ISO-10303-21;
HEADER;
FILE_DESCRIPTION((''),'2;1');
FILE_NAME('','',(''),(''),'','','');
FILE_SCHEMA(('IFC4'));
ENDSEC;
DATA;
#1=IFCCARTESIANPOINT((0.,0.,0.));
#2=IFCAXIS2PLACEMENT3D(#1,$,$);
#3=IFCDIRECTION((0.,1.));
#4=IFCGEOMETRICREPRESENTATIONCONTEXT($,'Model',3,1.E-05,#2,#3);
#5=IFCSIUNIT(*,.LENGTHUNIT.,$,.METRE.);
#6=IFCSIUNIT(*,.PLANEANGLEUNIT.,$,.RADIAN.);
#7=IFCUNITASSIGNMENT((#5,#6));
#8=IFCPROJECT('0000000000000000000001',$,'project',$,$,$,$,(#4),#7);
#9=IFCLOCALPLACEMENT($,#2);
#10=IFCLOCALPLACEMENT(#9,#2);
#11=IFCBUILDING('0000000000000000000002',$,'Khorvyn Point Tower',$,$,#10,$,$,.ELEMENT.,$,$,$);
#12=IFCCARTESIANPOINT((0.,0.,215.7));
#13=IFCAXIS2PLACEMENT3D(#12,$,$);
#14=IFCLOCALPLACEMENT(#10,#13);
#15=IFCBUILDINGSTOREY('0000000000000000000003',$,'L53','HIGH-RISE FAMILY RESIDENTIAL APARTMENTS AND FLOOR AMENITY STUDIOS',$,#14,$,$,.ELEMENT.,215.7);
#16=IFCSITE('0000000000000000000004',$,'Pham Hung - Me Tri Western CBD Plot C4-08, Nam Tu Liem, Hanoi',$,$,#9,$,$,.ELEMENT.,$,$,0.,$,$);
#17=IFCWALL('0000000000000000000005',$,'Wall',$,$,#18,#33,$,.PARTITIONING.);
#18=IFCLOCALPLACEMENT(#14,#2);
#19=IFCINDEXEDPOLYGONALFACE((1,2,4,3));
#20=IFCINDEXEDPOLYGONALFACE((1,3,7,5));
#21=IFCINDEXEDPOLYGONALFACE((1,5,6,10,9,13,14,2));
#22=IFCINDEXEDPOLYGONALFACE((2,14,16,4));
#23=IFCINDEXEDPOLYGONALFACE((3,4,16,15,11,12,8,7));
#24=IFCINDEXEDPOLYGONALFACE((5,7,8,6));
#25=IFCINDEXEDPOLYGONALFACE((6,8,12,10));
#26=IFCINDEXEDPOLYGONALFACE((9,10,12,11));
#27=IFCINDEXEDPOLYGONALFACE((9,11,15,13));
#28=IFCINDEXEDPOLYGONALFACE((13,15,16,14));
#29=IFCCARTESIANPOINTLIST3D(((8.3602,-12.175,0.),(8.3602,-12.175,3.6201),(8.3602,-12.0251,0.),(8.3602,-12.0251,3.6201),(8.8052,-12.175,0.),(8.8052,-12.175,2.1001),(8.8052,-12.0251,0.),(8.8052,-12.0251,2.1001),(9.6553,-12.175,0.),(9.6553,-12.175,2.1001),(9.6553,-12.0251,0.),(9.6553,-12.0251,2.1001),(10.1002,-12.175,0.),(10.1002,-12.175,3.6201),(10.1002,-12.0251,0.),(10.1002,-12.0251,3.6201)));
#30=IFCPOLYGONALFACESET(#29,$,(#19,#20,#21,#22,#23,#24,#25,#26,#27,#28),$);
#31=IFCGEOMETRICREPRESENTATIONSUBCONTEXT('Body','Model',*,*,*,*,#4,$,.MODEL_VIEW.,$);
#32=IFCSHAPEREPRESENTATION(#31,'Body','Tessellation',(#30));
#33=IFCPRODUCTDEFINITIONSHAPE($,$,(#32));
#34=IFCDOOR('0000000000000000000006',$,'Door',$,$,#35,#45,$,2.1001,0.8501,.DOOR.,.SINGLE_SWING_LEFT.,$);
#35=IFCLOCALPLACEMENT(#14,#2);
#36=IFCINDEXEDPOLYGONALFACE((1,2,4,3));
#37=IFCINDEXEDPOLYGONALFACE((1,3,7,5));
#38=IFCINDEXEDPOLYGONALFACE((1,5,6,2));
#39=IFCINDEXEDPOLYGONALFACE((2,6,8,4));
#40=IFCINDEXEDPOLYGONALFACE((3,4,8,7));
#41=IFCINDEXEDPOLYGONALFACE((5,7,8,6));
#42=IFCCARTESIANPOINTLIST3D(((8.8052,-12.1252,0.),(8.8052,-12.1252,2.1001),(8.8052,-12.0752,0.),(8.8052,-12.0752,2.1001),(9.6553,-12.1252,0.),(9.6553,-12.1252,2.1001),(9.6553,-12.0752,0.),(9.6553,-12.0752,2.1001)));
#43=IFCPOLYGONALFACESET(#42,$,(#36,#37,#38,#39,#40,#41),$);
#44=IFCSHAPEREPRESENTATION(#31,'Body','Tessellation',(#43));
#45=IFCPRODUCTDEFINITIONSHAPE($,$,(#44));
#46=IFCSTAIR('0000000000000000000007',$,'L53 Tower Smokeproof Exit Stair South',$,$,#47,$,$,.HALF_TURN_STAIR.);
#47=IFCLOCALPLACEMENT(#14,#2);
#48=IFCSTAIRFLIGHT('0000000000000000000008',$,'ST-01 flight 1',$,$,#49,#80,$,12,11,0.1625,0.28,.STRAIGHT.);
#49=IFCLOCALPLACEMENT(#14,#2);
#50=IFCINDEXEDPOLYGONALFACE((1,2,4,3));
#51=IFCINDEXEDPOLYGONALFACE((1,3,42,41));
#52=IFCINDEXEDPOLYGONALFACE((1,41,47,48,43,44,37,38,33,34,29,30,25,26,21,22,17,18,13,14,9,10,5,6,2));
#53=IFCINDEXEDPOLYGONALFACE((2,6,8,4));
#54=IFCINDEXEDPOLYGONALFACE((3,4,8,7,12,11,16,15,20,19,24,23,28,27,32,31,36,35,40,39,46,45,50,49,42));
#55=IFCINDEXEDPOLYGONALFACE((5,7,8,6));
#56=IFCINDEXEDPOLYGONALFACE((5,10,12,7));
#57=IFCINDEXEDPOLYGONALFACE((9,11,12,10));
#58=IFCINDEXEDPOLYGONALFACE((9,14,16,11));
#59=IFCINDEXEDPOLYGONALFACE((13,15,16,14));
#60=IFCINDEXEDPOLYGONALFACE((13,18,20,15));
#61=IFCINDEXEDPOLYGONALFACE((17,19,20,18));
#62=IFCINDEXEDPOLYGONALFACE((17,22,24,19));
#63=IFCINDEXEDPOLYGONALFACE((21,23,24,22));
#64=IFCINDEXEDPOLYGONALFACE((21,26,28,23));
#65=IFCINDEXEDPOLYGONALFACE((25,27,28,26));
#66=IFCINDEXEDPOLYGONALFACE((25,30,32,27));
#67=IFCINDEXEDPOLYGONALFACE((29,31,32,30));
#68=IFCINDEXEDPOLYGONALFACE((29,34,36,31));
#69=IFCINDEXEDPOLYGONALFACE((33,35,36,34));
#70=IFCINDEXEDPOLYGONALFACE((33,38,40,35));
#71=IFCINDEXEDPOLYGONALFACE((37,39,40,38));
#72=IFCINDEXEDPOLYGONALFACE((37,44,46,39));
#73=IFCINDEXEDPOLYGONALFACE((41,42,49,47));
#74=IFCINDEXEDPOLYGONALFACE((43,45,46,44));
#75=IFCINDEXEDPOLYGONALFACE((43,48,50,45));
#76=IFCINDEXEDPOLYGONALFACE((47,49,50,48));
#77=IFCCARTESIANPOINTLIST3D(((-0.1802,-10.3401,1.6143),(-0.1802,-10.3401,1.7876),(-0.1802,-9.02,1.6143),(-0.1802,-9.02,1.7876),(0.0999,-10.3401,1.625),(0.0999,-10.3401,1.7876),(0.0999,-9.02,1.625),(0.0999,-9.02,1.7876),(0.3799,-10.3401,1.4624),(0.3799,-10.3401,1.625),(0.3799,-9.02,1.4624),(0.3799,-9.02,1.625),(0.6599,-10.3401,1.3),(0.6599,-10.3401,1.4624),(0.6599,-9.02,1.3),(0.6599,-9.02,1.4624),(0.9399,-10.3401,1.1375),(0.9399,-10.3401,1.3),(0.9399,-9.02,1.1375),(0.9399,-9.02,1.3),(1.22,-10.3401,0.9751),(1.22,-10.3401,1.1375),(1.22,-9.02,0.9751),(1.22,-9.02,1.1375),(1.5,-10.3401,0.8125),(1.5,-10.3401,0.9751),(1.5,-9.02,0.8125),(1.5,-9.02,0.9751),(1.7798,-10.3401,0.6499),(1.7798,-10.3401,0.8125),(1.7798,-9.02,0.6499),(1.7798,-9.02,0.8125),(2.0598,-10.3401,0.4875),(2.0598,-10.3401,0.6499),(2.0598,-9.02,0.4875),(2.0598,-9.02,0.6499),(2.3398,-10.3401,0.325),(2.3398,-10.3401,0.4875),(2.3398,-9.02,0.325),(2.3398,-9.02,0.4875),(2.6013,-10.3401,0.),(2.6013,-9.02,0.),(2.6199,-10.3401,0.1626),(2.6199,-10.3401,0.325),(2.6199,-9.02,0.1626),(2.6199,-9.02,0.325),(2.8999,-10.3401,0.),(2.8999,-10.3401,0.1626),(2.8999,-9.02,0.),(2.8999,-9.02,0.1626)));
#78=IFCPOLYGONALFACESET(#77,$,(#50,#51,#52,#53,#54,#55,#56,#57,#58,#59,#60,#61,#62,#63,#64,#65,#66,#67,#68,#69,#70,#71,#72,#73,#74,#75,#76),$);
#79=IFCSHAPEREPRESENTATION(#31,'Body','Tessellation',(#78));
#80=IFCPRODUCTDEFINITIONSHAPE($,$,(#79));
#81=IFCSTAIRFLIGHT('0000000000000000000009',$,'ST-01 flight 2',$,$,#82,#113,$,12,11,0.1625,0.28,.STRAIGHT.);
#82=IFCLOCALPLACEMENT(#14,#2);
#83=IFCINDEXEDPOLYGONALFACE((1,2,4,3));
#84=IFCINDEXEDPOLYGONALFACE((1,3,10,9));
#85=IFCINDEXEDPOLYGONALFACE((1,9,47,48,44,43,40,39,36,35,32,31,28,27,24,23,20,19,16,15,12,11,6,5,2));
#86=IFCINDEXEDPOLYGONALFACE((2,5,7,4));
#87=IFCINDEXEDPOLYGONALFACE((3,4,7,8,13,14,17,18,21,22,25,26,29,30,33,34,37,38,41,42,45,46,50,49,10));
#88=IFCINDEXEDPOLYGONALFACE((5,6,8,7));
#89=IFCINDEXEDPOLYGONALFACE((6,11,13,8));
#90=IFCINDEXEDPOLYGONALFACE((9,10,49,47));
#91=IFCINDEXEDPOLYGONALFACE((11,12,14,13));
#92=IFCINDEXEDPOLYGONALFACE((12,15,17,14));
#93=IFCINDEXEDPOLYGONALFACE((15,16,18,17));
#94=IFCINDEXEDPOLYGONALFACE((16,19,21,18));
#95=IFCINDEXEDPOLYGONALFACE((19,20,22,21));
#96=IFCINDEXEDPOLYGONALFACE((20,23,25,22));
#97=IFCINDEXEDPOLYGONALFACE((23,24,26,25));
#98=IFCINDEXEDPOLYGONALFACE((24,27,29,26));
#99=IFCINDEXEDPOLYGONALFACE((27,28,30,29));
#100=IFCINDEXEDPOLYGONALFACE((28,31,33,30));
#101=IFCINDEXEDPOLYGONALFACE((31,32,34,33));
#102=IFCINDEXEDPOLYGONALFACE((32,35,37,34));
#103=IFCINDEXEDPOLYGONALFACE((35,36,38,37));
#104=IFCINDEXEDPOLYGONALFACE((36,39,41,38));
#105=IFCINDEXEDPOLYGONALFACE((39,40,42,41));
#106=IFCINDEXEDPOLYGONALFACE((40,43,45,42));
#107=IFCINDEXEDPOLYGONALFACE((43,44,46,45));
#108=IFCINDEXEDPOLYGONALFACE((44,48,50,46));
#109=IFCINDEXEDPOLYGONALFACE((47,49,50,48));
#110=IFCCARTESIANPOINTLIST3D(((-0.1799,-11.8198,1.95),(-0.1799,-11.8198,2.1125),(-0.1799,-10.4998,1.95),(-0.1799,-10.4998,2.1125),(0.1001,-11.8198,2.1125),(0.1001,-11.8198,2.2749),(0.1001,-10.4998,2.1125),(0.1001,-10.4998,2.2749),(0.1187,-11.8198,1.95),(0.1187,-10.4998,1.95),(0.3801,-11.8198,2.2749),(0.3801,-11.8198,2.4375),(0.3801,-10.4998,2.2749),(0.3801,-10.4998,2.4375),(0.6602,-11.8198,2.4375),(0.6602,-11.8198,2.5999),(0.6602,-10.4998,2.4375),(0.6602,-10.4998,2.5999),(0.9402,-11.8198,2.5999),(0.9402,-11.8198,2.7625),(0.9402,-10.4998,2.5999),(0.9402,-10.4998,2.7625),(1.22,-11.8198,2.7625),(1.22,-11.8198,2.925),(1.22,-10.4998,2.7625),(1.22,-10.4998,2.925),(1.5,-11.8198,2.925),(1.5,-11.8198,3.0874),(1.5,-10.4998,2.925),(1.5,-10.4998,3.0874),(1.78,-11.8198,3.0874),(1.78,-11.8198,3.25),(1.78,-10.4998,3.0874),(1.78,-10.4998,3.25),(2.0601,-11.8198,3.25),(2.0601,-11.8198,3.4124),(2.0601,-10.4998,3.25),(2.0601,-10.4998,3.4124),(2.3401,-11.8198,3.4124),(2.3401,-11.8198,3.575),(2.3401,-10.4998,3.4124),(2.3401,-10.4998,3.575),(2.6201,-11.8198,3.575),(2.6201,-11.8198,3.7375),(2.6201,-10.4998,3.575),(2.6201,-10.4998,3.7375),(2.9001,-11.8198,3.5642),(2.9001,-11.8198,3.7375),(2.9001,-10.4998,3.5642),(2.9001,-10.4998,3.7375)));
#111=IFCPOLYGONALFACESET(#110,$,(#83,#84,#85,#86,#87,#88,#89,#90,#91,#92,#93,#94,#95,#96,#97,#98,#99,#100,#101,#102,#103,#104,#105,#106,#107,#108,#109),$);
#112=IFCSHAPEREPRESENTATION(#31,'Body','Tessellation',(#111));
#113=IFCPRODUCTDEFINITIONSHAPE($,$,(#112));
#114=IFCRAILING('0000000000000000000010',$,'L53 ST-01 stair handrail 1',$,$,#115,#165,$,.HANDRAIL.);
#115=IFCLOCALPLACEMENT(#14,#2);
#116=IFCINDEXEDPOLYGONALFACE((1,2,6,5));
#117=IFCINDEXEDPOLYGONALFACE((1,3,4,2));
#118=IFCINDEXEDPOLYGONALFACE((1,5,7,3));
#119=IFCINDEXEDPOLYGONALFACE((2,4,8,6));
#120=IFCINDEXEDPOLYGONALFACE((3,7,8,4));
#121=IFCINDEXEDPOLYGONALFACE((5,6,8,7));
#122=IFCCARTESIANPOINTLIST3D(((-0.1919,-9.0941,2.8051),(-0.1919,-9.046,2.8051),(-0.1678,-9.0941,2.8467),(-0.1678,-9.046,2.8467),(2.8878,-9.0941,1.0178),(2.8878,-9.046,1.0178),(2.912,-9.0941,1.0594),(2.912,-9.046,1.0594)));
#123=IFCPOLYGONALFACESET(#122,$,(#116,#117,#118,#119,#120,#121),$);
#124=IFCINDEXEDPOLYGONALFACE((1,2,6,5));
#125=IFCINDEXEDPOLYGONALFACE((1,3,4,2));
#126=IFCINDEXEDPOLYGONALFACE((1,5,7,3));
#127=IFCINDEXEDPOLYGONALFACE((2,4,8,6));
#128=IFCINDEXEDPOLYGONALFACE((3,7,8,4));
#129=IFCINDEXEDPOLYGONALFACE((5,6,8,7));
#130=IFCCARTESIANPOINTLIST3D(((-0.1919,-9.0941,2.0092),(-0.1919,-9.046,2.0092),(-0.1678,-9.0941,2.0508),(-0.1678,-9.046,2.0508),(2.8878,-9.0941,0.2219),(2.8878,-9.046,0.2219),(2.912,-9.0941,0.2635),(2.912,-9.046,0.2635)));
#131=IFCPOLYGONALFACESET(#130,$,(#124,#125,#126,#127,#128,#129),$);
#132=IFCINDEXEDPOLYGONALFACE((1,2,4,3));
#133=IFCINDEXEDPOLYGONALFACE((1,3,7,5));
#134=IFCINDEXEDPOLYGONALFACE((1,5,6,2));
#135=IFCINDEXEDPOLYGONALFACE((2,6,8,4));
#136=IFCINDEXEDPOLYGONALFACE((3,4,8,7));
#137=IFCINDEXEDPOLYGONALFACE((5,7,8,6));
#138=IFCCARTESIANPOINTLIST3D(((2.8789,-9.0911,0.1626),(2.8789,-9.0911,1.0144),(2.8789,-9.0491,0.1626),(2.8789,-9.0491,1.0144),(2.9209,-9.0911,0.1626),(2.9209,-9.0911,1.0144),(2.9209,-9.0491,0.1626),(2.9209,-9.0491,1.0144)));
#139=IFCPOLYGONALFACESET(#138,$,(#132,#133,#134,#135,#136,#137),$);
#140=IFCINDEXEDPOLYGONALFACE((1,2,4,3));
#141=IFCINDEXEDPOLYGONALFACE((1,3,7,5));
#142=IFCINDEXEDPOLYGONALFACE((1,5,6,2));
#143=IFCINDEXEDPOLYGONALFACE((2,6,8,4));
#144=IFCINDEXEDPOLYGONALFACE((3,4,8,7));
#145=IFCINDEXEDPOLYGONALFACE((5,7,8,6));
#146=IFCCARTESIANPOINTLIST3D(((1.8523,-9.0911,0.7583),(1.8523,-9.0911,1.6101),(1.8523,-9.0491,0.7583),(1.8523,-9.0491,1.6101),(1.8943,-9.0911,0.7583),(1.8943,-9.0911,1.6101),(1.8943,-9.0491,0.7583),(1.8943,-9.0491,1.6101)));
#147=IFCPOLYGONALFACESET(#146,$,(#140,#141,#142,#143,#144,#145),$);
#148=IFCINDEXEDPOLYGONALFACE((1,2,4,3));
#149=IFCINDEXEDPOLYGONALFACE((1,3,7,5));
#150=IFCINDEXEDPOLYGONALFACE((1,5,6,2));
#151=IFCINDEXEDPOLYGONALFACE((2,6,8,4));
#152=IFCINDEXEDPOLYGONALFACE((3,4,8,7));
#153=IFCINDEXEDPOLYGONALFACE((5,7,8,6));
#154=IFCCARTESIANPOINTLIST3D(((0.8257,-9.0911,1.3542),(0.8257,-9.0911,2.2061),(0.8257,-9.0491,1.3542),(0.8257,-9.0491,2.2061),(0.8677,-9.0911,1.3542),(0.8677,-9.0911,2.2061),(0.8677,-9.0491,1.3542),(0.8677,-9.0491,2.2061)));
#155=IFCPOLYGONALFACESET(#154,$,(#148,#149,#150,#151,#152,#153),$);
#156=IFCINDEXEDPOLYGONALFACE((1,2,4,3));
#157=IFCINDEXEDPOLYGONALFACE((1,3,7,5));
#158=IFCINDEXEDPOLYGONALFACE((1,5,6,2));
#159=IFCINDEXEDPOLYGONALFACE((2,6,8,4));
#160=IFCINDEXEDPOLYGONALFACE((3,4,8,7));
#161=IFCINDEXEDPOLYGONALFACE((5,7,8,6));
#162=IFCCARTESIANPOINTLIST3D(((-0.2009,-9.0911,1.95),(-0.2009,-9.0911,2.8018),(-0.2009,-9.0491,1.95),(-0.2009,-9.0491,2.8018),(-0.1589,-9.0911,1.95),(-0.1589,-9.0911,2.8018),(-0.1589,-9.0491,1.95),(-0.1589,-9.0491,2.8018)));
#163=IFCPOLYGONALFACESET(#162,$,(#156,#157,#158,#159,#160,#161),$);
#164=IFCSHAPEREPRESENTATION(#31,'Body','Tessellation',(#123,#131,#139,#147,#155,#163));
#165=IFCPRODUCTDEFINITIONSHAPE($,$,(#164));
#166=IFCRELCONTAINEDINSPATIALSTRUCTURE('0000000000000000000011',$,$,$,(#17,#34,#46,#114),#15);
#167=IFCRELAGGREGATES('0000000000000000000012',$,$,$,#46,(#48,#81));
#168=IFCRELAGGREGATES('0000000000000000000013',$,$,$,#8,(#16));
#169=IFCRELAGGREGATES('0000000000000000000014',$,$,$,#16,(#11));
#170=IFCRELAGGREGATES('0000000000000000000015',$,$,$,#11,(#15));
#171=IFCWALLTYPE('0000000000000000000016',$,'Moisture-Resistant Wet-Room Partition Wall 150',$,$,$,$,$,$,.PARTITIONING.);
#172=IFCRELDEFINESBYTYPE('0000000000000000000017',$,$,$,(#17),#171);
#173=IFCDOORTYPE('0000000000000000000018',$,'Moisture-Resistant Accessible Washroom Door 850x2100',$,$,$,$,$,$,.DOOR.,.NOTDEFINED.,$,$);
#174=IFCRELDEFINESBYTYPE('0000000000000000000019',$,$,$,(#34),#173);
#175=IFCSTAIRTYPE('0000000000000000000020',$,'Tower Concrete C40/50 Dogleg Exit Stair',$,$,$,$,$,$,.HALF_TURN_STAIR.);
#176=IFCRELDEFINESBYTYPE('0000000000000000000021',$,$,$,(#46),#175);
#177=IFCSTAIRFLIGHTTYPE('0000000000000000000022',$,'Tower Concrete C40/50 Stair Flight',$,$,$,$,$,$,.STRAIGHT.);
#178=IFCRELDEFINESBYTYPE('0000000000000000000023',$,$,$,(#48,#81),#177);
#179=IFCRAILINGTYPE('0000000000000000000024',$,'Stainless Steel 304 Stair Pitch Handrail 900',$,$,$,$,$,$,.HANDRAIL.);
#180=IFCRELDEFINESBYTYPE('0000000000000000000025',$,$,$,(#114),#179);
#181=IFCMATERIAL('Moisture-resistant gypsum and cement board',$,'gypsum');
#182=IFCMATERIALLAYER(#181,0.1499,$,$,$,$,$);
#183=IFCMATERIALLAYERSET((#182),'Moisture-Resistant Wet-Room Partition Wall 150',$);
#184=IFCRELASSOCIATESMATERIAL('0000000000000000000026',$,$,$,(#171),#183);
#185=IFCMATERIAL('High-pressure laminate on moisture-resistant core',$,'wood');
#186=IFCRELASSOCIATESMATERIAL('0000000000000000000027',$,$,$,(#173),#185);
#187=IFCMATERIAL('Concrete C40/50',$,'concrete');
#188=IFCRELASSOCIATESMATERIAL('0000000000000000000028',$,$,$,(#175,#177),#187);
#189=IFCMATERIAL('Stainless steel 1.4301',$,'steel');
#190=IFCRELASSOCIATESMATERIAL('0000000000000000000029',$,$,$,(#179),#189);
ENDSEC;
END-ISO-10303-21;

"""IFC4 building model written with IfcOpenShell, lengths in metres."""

from ifc_helpers import new_model, si_unit, direction, frame, frame_2d, origin, origin_2d, place, context, subcontext, project, spatial, polyline, rectangle, outline, extrude, material, layer, layer_set, type_object, element, fill, aggregate, save


model = new_model("IFC4")

# Units and contexts
model_context = context("Model", 3, precision=1e-05, world=origin(), true_north=direction((0.0, 1.0)))
body_context = subcontext(model_context, "Body", "Model", "MODEL_VIEW")
ifc_project = project(units=[si_unit("LENGTHUNIT", "METRE"), si_unit("PLANEANGLEUNIT", "RADIAN")], contexts=[model_context])

# Site, building, storey
site_placement = place(None, origin())
site = spatial("IfcSite", under=ifc_project, at=site_placement, Name="Pham Hung - Me Tri Western CBD Plot C4-08, Nam Tu Liem, Hanoi", CompositionType="ELEMENT", RefElevation=0.0)
building_placement = place(site_placement, origin())
building = spatial("IfcBuilding", under=site, at=building_placement, Name="Khorvyn Point Tower", CompositionType="ELEMENT")
storey_placement = place(building_placement, frame((0.0, 0.0, 215.7)))
storey = spatial("IfcBuildingStorey", under=building, at=storey_placement, Name="L53", Description="HIGH-RISE FAMILY RESIDENTIAL APARTMENTS AND FLOOR AMENITY STUDIOS", CompositionType="ELEMENT", Elevation=215.7)

# Shared definitions
ifc_material_1 = material(Name="Concrete C40/50", Category="concrete")

# Wall, opening, door
ifc_material_2 = material(Name="Moisture-resistant gypsum and cement board", Category="gypsum")
ifc_layer_1 = layer(ifc_material_2, 0.1499)
ifc_layer_set_1 = layer_set([ifc_layer_1], Name="Moisture-Resistant Wet-Room Partition Wall 150")
wall_type_1 = type_object("IfcWallType", Name="Moisture-Resistant Wet-Room Partition Wall 150", PredefinedType="PARTITIONING", material=ifc_layer_set_1)
wall_1_placement = place(storey_placement, frame((8.3601, -12.1001, 0.0), z_axis=(0.0, 0.0, 1.0), x_axis=(1.0, 0.0, 0.0)))
wall_1 = element("IfcWall", 1, at=wall_1_placement, inside=storey, type_object=wall_type_1, Name="Wall", PredefinedType="PARTITIONING", context=body_context, shape_type="SweptSolid", body=[
    extrude(rectangle(XDim=1.74, YDim=0.1499, at=frame_2d((0.8701, 0.0))), origin(), (0.0, 0.0, 1.0), 3.6201),
])
opening_1_placement = place(wall_1_placement, frame((0.4451, 0.0, 0.0)))
opening_1 = element("IfcOpeningElement", 2, at=opening_1_placement, cuts=wall_1, PredefinedType="OPENING", context=body_context, shape_type="SweptSolid", body=[
    extrude(rectangle(XDim=0.8501, YDim=2.1001, at=frame_2d((0.425, 1.05))), frame((0.0, 0.085, 0.0), z_axis=(0.0, -1.0, 0.0), x_axis=(1.0, 0.0, 0.0)), (0.0, 0.0, 1.0), 0.1699),
])
ifc_material_3 = material(Name="High-pressure laminate on moisture-resistant core", Category="wood")
door_type_1 = type_object("IfcDoorType", Name="Moisture-Resistant Accessible Washroom Door 850x2100", OperationType="NOTDEFINED", PredefinedType="DOOR", material=ifc_material_3)
door_1_placement = place(opening_1_placement, origin())
door_1 = element("IfcDoor", 3, at=door_1_placement, inside=storey, type_object=door_type_1, Name="Door", OperationType="SINGLE_SWING_LEFT", OverallHeight=2.1001, OverallWidth=0.8501, PredefinedType="DOOR", context=body_context, shape_type="SweptSolid", body=[
    extrude(rectangle(XDim=0.8501, YDim=2.1001, at=frame_2d((0.425, 1.05))), frame((0.0, 0.0249, 0.0), z_axis=(0.0, -1.0, 0.0), x_axis=(1.0, 0.0, 0.0)), (0.0, 0.0, 1.0), 0.05),
])
fill(opening_1, door_1)

# Stair, stair flights
stair_type = type_object("IfcStairType", Name="Tower Concrete C40/50 Dogleg Exit Stair", PredefinedType="HALF_TURN_STAIR", material=ifc_material_1)
stair_placement = place(storey_placement, origin())
stair = element("IfcStair", 4, at=stair_placement, inside=storey, type_object=stair_type, Name="L53 Tower Smokeproof Exit Stair South", PredefinedType="HALF_TURN_STAIR")
stair_flight_type = type_object("IfcStairFlightType", Name="Tower Concrete C40/50 Stair Flight", PredefinedType="STRAIGHT", material=ifc_material_1)
stair_flight_1_placement = place(storey_placement, frame((2.8999, -9.6799, 0.0), z_axis=(0.0, 0.0, 1.0), x_axis=(-1.0, 0.0, 0.0)))
stair_flight_1 = element("IfcStairFlight", 5, at=stair_flight_1_placement, type_object=stair_flight_type, Name="ST-01 flight 1", NumberOfRisers=12, NumberOfTreads=11, PredefinedType="STRAIGHT", RiserHeight=0.1625, TreadLength=0.28, context=body_context, shape_type="SweptSolid", body=[
    extrude(outline(polyline([(0.0, 0.0), (0.0, 0.1626), (0.28, 0.1626), (0.28, 0.325), (0.5601, 0.325), (0.5601, 0.4875), (0.8401, 0.4875), (0.8401, 0.6499), (1.1201, 0.6499), (1.1201, 0.8125), (1.3999, 0.8125), (1.3999, 0.9751), (1.6799, 0.9751), (1.6799, 1.1375), (1.96, 1.1375), (1.96, 1.3), (2.24, 1.3), (2.24, 1.4624), (2.52, 1.4624), (2.52, 1.625), (2.8, 1.625), (2.8, 1.7876), (3.0801, 1.7876), (3.0801, 1.95), (3.0801, 1.6143), (0.2986, 0.0), (0.0, 0.0)])), frame((0.0, 0.6602, 0.0), z_axis=(0.0, -1.0, 0.0), x_axis=(1.0, 0.0, 0.0)), (0.0, 0.0, 1.0), 1.3201),
])
stair_flight_2_placement = place(storey_placement, frame((-0.1799, -11.1599, 1.95), z_axis=(0.0, 0.0, 1.0), x_axis=(1.0, 0.0, 0.0)))
stair_flight_2 = element("IfcStairFlight", 6, at=stair_flight_2_placement, type_object=stair_flight_type, Name="ST-01 flight 2", NumberOfRisers=12, NumberOfTreads=11, PredefinedType="STRAIGHT", RiserHeight=0.1625, TreadLength=0.28, context=body_context, shape_type="SweptSolid", body=[
    extrude(outline(polyline([(0.0, 0.0), (0.0, 0.1626), (0.28, 0.1626), (0.28, 0.325), (0.5601, 0.325), (0.5601, 0.4875), (0.8401, 0.4875), (0.8401, 0.6499), (1.1201, 0.6499), (1.1201, 0.8125), (1.3999, 0.8125), (1.3999, 0.9751), (1.6799, 0.9751), (1.6799, 1.1375), (1.96, 1.1375), (1.96, 1.3), (2.24, 1.3), (2.24, 1.4624), (2.52, 1.4624), (2.52, 1.625), (2.8, 1.625), (2.8, 1.7876), (3.0801, 1.7876), (3.0801, 1.95), (3.0801, 1.6143), (0.2986, 0.0), (0.0, 0.0)])), frame((0.0, 0.6602, 0.0), z_axis=(0.0, -1.0, 0.0), x_axis=(1.0, 0.0, 0.0)), (0.0, 0.0, 1.0), 1.3201),
])
aggregate(stair, [stair_flight_1, stair_flight_2])

# Railing
ifc_material_4 = material(Name="Stainless steel 1.4301", Category="steel")
railing_type_1 = type_object("IfcRailingType", Name="Stainless Steel 304 Stair Pitch Handrail 900", PredefinedType="HANDRAIL", material=ifc_material_4)
railing_1_placement = place(storey_placement, frame((2.8999, -9.0701, 0.1626)))
element("IfcRailing", 7, at=railing_1_placement, inside=storey, type_object=railing_type_1, Name="L53 ST-01 stair handrail 1", PredefinedType="HANDRAIL", context=body_context, shape_type="SweptSolid", body=[
    extrude(rectangle(XDim=0.0481, YDim=0.0481, at=origin_2d()), frame((0.0, 0.0, 0.876), z_axis=(-0.864903, 0.0, 0.501939), x_axis=(0.0, -1.0, 0.0)), (0.0, 0.0, 1.0), 3.5608),
    extrude(rectangle(XDim=0.0481, YDim=0.0481, at=origin_2d()), frame((0.0, 0.0, 0.0801), z_axis=(-0.864903, 0.0, 0.501939), x_axis=(0.0, -1.0, 0.0)), (0.0, 0.0, 1.0), 3.5608),
    extrude(rectangle(XDim=0.042, YDim=0.042, at=origin_2d()), origin(), (0.0, 0.0, 1.0), 0.8518),
    extrude(rectangle(XDim=0.042, YDim=0.042, at=origin_2d()), frame((-1.0266, 0.0, 0.5957)), (0.0, 0.0, 1.0), 0.8518),
    extrude(rectangle(XDim=0.042, YDim=0.042, at=origin_2d()), frame((-2.0532, 0.0, 1.1917)), (0.0, 0.0, 1.0), 0.8518),
    extrude(rectangle(XDim=0.042, YDim=0.042, at=origin_2d()), frame((-3.0798, 0.0, 1.7874)), (0.0, 0.0, 1.0), 0.8518),
])

save(model, "model.ifc")
